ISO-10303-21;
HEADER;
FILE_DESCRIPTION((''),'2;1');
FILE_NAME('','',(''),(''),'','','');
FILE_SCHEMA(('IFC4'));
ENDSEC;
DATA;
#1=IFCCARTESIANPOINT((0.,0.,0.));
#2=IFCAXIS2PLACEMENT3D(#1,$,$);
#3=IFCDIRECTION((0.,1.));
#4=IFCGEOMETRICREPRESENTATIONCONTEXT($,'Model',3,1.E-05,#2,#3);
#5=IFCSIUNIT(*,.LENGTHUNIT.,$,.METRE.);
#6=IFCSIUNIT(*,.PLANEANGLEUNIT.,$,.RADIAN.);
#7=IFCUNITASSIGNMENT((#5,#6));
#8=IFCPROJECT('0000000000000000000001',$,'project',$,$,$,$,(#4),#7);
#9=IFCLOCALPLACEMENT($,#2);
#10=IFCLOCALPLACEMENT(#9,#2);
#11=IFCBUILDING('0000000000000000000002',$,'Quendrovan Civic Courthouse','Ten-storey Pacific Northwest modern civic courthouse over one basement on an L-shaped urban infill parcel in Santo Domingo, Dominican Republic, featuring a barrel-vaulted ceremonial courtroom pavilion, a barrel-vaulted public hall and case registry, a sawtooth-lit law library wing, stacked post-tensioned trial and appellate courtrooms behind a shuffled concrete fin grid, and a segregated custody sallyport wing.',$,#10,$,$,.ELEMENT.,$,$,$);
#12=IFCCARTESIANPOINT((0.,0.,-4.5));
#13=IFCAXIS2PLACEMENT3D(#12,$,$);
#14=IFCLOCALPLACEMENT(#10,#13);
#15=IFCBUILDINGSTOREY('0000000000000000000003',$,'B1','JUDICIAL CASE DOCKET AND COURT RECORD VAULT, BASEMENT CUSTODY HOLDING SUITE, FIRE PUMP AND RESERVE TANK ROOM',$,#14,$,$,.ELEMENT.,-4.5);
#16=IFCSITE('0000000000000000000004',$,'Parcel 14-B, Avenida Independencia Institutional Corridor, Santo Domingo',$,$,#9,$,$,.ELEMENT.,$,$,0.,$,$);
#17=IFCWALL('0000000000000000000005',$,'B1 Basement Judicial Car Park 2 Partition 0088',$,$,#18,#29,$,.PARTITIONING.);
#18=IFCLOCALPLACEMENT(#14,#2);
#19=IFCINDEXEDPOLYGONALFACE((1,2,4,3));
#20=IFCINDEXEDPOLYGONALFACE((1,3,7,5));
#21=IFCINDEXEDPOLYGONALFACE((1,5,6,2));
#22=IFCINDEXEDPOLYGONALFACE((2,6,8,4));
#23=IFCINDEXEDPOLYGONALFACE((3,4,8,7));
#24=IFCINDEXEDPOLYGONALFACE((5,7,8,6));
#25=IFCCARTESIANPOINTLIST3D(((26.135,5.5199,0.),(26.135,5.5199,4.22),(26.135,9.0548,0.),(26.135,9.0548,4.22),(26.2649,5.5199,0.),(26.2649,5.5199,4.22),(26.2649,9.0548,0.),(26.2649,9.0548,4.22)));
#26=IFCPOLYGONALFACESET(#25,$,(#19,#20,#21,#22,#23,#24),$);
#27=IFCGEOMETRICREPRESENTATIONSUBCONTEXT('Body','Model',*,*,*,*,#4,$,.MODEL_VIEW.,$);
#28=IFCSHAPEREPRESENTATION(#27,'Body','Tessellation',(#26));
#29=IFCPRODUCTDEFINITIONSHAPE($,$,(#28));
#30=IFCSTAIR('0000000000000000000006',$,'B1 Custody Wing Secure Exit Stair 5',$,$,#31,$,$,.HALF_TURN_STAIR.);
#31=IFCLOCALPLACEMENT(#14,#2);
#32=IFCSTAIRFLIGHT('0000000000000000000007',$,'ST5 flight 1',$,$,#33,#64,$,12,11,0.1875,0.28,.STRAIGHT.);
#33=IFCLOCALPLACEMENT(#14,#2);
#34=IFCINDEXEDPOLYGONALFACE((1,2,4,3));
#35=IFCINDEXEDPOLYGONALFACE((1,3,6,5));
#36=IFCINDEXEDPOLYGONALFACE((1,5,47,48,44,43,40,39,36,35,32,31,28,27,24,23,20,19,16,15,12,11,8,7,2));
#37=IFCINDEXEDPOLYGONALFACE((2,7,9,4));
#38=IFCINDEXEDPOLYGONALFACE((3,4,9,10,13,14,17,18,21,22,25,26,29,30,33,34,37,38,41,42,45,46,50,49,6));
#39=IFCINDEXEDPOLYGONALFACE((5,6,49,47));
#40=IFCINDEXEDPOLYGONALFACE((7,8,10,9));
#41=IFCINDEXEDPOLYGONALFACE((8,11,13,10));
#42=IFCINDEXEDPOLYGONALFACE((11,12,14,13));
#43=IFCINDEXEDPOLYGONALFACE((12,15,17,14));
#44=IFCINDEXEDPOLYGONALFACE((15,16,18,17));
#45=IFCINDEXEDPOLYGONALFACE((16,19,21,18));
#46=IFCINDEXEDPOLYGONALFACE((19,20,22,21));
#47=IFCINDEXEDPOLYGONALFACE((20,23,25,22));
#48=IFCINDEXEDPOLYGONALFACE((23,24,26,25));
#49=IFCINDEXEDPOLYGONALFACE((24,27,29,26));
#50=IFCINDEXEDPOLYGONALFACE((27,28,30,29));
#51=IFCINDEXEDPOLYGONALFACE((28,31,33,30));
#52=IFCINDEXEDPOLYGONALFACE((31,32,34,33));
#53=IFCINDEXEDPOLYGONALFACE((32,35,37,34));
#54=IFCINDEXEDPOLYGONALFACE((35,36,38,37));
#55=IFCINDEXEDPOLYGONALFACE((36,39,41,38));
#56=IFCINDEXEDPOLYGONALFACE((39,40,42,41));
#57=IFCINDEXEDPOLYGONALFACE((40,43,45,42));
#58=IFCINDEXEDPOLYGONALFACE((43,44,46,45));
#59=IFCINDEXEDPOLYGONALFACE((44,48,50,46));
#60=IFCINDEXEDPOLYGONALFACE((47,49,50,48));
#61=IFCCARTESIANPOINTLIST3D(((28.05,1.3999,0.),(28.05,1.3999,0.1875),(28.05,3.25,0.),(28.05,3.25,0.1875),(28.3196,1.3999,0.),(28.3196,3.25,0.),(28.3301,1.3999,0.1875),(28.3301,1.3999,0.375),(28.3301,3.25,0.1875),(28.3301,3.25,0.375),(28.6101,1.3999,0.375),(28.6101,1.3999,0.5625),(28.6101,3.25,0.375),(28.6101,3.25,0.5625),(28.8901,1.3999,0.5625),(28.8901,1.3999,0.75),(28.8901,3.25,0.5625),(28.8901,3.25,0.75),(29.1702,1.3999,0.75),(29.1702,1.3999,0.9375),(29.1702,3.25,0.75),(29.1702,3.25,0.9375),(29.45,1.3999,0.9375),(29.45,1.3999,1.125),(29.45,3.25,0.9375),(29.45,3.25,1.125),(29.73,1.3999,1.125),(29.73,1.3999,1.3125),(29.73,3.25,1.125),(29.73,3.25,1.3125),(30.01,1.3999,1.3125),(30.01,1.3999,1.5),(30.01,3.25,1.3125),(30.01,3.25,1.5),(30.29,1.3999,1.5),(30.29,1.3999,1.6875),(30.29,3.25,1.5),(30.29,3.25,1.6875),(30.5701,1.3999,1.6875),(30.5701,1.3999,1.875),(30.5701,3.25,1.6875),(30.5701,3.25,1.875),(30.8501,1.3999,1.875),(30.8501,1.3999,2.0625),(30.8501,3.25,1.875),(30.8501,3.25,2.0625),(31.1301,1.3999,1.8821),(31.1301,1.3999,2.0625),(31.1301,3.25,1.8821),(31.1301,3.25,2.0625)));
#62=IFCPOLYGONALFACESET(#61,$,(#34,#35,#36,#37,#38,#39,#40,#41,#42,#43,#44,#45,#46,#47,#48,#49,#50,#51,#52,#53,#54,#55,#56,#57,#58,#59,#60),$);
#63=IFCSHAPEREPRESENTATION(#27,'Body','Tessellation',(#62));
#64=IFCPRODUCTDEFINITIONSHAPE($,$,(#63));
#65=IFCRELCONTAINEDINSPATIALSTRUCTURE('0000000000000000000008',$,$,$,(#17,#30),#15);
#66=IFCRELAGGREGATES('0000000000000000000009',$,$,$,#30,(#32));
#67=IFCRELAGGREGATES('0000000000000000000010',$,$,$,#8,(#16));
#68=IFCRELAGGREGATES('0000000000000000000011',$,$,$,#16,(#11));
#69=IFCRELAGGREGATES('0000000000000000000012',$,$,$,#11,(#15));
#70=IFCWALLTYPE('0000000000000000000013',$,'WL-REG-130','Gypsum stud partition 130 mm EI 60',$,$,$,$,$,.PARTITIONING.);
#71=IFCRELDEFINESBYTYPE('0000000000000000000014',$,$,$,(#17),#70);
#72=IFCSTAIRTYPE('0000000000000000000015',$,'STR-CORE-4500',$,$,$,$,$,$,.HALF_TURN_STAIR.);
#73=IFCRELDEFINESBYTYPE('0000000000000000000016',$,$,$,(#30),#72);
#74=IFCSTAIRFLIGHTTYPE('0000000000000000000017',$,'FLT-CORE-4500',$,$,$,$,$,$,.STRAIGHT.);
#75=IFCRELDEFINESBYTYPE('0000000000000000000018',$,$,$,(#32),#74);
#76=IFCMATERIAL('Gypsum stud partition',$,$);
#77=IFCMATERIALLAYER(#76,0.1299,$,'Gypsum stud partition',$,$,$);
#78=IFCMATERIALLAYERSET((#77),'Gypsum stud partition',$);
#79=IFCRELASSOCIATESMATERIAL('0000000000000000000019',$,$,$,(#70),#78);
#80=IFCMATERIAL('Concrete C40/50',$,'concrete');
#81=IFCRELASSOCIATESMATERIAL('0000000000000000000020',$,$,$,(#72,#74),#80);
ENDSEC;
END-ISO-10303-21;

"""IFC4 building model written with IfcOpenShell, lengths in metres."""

from ifc_helpers import new_model, si_unit, direction, frame, frame_2d, origin, place, context, subcontext, project, spatial, polyline, rectangle, outline, extrude, material, layer, layer_set, type_object, element, aggregate, save


model = new_model("IFC4")

# Units and contexts
model_context = context("Model", 3, precision=1e-05, world=origin(), true_north=direction((0.0, 1.0)))
body_context = subcontext(model_context, "Body", "Model", "MODEL_VIEW")
ifc_project = project(units=[si_unit("LENGTHUNIT", "METRE"), si_unit("PLANEANGLEUNIT", "RADIAN")], contexts=[model_context])

# Site, building, storey
site_placement = place(None, origin())
site = spatial("IfcSite", under=ifc_project, at=site_placement, Name="Parcel 14-B, Avenida Independencia Institutional Corridor, Santo Domingo", CompositionType="ELEMENT", RefElevation=0.0)
building_placement = place(site_placement, origin())
building = spatial("IfcBuilding", under=site, at=building_placement, Name="Quendrovan Civic Courthouse", Description="Ten-storey Pacific Northwest modern civic courthouse over one basement on an L-shaped urban infill parcel in Santo Domingo, Dominican Republic, featuring a barrel-vaulted ceremonial courtroom pavilion, a barrel-vaulted public hall and case registry, a sawtooth-lit law library wing, stacked post-tensioned trial and appellate courtrooms behind a shuffled concrete fin grid, and a segregated custody sallyport wing.", CompositionType="ELEMENT")
storey_placement = place(building_placement, frame((0.0, 0.0, -4.5)))
storey = spatial("IfcBuildingStorey", under=building, at=storey_placement, Name="B1", Description="JUDICIAL CASE DOCKET AND COURT RECORD VAULT, BASEMENT CUSTODY HOLDING SUITE, FIRE PUMP AND RESERVE TANK ROOM", CompositionType="ELEMENT", Elevation=-4.5)

# Shared definitions
ifc_material_1 = material(Name="Concrete C40/50", Category="concrete")

# Wall
ifc_material_2 = material(Name="Gypsum stud partition")
ifc_layer_1 = layer(ifc_material_2, 0.1299, Name="Gypsum stud partition")
ifc_layer_set_1 = layer_set([ifc_layer_1], Name="Gypsum stud partition")
wall_type_1 = type_object("IfcWallType", Name="WL-REG-130", Description="Gypsum stud partition 130 mm EI 60", PredefinedType="PARTITIONING", material=ifc_layer_set_1)
wall_1_placement = place(storey_placement, frame((26.2, 9.0549, 0.0), z_axis=(0.0, 0.0, 1.0), x_axis=(0.0, -1.0, 0.0)))
element("IfcWall", 1, at=wall_1_placement, inside=storey, type_object=wall_type_1, Name="B1 Basement Judicial Car Park 2 Partition 0088", PredefinedType="PARTITIONING", context=body_context, shape_type="SweptSolid", body=[
    extrude(rectangle(XDim=3.5349, YDim=0.1299, at=frame_2d((1.7676, 0.0))), origin(), (0.0, 0.0, 1.0), 4.22),
])

# Stair, stair flight
stair_type = type_object("IfcStairType", Name="STR-CORE-4500", PredefinedType="HALF_TURN_STAIR", material=ifc_material_1)
stair_placement = place(storey_placement, origin())
stair = element("IfcStair", 2, at=stair_placement, inside=storey, type_object=stair_type, Name="B1 Custody Wing Secure Exit Stair 5", PredefinedType="HALF_TURN_STAIR")
stair_flight_type = type_object("IfcStairFlightType", Name="FLT-CORE-4500", PredefinedType="STRAIGHT", material=ifc_material_1)
stair_flight_placement = place(storey_placement, frame((28.05, 2.325, 0.0), z_axis=(0.0, 0.0, 1.0), x_axis=(1.0, 0.0, 0.0)))
stair_flight = element("IfcStairFlight", 3, at=stair_flight_placement, type_object=stair_flight_type, Name="ST5 flight 1", NumberOfRisers=12, NumberOfTreads=11, PredefinedType="STRAIGHT", RiserHeight=0.1875, TreadLength=0.28, context=body_context, shape_type="SweptSolid", body=[
    extrude(outline(polyline([(0.0, 0.0), (0.0, 0.1875), (0.28, 0.1875), (0.28, 0.375), (0.5601, 0.375), (0.5601, 0.5625), (0.8401, 0.5625), (0.8401, 0.75), (1.1201, 0.75), (1.1201, 0.9375), (1.3999, 0.9375), (1.3999, 1.125), (1.6799, 1.125), (1.6799, 1.3125), (1.96, 1.3125), (1.96, 1.5), (2.24, 1.5), (2.24, 1.6875), (2.52, 1.6875), (2.52, 1.875), (2.8, 1.875), (2.8, 2.0625), (3.0801, 2.0625), (3.0801, 2.25), (3.0801, 1.8821), (0.2695, 0.0), (0.0, 0.0)])), frame((0.0, 0.925, 0.0), z_axis=(0.0, -1.0, 0.0), x_axis=(1.0, 0.0, 0.0)), (0.0, 0.0, 1.0), 1.8501),
])
aggregate(stair, [stair_flight])

save(model, "model.ifc")
